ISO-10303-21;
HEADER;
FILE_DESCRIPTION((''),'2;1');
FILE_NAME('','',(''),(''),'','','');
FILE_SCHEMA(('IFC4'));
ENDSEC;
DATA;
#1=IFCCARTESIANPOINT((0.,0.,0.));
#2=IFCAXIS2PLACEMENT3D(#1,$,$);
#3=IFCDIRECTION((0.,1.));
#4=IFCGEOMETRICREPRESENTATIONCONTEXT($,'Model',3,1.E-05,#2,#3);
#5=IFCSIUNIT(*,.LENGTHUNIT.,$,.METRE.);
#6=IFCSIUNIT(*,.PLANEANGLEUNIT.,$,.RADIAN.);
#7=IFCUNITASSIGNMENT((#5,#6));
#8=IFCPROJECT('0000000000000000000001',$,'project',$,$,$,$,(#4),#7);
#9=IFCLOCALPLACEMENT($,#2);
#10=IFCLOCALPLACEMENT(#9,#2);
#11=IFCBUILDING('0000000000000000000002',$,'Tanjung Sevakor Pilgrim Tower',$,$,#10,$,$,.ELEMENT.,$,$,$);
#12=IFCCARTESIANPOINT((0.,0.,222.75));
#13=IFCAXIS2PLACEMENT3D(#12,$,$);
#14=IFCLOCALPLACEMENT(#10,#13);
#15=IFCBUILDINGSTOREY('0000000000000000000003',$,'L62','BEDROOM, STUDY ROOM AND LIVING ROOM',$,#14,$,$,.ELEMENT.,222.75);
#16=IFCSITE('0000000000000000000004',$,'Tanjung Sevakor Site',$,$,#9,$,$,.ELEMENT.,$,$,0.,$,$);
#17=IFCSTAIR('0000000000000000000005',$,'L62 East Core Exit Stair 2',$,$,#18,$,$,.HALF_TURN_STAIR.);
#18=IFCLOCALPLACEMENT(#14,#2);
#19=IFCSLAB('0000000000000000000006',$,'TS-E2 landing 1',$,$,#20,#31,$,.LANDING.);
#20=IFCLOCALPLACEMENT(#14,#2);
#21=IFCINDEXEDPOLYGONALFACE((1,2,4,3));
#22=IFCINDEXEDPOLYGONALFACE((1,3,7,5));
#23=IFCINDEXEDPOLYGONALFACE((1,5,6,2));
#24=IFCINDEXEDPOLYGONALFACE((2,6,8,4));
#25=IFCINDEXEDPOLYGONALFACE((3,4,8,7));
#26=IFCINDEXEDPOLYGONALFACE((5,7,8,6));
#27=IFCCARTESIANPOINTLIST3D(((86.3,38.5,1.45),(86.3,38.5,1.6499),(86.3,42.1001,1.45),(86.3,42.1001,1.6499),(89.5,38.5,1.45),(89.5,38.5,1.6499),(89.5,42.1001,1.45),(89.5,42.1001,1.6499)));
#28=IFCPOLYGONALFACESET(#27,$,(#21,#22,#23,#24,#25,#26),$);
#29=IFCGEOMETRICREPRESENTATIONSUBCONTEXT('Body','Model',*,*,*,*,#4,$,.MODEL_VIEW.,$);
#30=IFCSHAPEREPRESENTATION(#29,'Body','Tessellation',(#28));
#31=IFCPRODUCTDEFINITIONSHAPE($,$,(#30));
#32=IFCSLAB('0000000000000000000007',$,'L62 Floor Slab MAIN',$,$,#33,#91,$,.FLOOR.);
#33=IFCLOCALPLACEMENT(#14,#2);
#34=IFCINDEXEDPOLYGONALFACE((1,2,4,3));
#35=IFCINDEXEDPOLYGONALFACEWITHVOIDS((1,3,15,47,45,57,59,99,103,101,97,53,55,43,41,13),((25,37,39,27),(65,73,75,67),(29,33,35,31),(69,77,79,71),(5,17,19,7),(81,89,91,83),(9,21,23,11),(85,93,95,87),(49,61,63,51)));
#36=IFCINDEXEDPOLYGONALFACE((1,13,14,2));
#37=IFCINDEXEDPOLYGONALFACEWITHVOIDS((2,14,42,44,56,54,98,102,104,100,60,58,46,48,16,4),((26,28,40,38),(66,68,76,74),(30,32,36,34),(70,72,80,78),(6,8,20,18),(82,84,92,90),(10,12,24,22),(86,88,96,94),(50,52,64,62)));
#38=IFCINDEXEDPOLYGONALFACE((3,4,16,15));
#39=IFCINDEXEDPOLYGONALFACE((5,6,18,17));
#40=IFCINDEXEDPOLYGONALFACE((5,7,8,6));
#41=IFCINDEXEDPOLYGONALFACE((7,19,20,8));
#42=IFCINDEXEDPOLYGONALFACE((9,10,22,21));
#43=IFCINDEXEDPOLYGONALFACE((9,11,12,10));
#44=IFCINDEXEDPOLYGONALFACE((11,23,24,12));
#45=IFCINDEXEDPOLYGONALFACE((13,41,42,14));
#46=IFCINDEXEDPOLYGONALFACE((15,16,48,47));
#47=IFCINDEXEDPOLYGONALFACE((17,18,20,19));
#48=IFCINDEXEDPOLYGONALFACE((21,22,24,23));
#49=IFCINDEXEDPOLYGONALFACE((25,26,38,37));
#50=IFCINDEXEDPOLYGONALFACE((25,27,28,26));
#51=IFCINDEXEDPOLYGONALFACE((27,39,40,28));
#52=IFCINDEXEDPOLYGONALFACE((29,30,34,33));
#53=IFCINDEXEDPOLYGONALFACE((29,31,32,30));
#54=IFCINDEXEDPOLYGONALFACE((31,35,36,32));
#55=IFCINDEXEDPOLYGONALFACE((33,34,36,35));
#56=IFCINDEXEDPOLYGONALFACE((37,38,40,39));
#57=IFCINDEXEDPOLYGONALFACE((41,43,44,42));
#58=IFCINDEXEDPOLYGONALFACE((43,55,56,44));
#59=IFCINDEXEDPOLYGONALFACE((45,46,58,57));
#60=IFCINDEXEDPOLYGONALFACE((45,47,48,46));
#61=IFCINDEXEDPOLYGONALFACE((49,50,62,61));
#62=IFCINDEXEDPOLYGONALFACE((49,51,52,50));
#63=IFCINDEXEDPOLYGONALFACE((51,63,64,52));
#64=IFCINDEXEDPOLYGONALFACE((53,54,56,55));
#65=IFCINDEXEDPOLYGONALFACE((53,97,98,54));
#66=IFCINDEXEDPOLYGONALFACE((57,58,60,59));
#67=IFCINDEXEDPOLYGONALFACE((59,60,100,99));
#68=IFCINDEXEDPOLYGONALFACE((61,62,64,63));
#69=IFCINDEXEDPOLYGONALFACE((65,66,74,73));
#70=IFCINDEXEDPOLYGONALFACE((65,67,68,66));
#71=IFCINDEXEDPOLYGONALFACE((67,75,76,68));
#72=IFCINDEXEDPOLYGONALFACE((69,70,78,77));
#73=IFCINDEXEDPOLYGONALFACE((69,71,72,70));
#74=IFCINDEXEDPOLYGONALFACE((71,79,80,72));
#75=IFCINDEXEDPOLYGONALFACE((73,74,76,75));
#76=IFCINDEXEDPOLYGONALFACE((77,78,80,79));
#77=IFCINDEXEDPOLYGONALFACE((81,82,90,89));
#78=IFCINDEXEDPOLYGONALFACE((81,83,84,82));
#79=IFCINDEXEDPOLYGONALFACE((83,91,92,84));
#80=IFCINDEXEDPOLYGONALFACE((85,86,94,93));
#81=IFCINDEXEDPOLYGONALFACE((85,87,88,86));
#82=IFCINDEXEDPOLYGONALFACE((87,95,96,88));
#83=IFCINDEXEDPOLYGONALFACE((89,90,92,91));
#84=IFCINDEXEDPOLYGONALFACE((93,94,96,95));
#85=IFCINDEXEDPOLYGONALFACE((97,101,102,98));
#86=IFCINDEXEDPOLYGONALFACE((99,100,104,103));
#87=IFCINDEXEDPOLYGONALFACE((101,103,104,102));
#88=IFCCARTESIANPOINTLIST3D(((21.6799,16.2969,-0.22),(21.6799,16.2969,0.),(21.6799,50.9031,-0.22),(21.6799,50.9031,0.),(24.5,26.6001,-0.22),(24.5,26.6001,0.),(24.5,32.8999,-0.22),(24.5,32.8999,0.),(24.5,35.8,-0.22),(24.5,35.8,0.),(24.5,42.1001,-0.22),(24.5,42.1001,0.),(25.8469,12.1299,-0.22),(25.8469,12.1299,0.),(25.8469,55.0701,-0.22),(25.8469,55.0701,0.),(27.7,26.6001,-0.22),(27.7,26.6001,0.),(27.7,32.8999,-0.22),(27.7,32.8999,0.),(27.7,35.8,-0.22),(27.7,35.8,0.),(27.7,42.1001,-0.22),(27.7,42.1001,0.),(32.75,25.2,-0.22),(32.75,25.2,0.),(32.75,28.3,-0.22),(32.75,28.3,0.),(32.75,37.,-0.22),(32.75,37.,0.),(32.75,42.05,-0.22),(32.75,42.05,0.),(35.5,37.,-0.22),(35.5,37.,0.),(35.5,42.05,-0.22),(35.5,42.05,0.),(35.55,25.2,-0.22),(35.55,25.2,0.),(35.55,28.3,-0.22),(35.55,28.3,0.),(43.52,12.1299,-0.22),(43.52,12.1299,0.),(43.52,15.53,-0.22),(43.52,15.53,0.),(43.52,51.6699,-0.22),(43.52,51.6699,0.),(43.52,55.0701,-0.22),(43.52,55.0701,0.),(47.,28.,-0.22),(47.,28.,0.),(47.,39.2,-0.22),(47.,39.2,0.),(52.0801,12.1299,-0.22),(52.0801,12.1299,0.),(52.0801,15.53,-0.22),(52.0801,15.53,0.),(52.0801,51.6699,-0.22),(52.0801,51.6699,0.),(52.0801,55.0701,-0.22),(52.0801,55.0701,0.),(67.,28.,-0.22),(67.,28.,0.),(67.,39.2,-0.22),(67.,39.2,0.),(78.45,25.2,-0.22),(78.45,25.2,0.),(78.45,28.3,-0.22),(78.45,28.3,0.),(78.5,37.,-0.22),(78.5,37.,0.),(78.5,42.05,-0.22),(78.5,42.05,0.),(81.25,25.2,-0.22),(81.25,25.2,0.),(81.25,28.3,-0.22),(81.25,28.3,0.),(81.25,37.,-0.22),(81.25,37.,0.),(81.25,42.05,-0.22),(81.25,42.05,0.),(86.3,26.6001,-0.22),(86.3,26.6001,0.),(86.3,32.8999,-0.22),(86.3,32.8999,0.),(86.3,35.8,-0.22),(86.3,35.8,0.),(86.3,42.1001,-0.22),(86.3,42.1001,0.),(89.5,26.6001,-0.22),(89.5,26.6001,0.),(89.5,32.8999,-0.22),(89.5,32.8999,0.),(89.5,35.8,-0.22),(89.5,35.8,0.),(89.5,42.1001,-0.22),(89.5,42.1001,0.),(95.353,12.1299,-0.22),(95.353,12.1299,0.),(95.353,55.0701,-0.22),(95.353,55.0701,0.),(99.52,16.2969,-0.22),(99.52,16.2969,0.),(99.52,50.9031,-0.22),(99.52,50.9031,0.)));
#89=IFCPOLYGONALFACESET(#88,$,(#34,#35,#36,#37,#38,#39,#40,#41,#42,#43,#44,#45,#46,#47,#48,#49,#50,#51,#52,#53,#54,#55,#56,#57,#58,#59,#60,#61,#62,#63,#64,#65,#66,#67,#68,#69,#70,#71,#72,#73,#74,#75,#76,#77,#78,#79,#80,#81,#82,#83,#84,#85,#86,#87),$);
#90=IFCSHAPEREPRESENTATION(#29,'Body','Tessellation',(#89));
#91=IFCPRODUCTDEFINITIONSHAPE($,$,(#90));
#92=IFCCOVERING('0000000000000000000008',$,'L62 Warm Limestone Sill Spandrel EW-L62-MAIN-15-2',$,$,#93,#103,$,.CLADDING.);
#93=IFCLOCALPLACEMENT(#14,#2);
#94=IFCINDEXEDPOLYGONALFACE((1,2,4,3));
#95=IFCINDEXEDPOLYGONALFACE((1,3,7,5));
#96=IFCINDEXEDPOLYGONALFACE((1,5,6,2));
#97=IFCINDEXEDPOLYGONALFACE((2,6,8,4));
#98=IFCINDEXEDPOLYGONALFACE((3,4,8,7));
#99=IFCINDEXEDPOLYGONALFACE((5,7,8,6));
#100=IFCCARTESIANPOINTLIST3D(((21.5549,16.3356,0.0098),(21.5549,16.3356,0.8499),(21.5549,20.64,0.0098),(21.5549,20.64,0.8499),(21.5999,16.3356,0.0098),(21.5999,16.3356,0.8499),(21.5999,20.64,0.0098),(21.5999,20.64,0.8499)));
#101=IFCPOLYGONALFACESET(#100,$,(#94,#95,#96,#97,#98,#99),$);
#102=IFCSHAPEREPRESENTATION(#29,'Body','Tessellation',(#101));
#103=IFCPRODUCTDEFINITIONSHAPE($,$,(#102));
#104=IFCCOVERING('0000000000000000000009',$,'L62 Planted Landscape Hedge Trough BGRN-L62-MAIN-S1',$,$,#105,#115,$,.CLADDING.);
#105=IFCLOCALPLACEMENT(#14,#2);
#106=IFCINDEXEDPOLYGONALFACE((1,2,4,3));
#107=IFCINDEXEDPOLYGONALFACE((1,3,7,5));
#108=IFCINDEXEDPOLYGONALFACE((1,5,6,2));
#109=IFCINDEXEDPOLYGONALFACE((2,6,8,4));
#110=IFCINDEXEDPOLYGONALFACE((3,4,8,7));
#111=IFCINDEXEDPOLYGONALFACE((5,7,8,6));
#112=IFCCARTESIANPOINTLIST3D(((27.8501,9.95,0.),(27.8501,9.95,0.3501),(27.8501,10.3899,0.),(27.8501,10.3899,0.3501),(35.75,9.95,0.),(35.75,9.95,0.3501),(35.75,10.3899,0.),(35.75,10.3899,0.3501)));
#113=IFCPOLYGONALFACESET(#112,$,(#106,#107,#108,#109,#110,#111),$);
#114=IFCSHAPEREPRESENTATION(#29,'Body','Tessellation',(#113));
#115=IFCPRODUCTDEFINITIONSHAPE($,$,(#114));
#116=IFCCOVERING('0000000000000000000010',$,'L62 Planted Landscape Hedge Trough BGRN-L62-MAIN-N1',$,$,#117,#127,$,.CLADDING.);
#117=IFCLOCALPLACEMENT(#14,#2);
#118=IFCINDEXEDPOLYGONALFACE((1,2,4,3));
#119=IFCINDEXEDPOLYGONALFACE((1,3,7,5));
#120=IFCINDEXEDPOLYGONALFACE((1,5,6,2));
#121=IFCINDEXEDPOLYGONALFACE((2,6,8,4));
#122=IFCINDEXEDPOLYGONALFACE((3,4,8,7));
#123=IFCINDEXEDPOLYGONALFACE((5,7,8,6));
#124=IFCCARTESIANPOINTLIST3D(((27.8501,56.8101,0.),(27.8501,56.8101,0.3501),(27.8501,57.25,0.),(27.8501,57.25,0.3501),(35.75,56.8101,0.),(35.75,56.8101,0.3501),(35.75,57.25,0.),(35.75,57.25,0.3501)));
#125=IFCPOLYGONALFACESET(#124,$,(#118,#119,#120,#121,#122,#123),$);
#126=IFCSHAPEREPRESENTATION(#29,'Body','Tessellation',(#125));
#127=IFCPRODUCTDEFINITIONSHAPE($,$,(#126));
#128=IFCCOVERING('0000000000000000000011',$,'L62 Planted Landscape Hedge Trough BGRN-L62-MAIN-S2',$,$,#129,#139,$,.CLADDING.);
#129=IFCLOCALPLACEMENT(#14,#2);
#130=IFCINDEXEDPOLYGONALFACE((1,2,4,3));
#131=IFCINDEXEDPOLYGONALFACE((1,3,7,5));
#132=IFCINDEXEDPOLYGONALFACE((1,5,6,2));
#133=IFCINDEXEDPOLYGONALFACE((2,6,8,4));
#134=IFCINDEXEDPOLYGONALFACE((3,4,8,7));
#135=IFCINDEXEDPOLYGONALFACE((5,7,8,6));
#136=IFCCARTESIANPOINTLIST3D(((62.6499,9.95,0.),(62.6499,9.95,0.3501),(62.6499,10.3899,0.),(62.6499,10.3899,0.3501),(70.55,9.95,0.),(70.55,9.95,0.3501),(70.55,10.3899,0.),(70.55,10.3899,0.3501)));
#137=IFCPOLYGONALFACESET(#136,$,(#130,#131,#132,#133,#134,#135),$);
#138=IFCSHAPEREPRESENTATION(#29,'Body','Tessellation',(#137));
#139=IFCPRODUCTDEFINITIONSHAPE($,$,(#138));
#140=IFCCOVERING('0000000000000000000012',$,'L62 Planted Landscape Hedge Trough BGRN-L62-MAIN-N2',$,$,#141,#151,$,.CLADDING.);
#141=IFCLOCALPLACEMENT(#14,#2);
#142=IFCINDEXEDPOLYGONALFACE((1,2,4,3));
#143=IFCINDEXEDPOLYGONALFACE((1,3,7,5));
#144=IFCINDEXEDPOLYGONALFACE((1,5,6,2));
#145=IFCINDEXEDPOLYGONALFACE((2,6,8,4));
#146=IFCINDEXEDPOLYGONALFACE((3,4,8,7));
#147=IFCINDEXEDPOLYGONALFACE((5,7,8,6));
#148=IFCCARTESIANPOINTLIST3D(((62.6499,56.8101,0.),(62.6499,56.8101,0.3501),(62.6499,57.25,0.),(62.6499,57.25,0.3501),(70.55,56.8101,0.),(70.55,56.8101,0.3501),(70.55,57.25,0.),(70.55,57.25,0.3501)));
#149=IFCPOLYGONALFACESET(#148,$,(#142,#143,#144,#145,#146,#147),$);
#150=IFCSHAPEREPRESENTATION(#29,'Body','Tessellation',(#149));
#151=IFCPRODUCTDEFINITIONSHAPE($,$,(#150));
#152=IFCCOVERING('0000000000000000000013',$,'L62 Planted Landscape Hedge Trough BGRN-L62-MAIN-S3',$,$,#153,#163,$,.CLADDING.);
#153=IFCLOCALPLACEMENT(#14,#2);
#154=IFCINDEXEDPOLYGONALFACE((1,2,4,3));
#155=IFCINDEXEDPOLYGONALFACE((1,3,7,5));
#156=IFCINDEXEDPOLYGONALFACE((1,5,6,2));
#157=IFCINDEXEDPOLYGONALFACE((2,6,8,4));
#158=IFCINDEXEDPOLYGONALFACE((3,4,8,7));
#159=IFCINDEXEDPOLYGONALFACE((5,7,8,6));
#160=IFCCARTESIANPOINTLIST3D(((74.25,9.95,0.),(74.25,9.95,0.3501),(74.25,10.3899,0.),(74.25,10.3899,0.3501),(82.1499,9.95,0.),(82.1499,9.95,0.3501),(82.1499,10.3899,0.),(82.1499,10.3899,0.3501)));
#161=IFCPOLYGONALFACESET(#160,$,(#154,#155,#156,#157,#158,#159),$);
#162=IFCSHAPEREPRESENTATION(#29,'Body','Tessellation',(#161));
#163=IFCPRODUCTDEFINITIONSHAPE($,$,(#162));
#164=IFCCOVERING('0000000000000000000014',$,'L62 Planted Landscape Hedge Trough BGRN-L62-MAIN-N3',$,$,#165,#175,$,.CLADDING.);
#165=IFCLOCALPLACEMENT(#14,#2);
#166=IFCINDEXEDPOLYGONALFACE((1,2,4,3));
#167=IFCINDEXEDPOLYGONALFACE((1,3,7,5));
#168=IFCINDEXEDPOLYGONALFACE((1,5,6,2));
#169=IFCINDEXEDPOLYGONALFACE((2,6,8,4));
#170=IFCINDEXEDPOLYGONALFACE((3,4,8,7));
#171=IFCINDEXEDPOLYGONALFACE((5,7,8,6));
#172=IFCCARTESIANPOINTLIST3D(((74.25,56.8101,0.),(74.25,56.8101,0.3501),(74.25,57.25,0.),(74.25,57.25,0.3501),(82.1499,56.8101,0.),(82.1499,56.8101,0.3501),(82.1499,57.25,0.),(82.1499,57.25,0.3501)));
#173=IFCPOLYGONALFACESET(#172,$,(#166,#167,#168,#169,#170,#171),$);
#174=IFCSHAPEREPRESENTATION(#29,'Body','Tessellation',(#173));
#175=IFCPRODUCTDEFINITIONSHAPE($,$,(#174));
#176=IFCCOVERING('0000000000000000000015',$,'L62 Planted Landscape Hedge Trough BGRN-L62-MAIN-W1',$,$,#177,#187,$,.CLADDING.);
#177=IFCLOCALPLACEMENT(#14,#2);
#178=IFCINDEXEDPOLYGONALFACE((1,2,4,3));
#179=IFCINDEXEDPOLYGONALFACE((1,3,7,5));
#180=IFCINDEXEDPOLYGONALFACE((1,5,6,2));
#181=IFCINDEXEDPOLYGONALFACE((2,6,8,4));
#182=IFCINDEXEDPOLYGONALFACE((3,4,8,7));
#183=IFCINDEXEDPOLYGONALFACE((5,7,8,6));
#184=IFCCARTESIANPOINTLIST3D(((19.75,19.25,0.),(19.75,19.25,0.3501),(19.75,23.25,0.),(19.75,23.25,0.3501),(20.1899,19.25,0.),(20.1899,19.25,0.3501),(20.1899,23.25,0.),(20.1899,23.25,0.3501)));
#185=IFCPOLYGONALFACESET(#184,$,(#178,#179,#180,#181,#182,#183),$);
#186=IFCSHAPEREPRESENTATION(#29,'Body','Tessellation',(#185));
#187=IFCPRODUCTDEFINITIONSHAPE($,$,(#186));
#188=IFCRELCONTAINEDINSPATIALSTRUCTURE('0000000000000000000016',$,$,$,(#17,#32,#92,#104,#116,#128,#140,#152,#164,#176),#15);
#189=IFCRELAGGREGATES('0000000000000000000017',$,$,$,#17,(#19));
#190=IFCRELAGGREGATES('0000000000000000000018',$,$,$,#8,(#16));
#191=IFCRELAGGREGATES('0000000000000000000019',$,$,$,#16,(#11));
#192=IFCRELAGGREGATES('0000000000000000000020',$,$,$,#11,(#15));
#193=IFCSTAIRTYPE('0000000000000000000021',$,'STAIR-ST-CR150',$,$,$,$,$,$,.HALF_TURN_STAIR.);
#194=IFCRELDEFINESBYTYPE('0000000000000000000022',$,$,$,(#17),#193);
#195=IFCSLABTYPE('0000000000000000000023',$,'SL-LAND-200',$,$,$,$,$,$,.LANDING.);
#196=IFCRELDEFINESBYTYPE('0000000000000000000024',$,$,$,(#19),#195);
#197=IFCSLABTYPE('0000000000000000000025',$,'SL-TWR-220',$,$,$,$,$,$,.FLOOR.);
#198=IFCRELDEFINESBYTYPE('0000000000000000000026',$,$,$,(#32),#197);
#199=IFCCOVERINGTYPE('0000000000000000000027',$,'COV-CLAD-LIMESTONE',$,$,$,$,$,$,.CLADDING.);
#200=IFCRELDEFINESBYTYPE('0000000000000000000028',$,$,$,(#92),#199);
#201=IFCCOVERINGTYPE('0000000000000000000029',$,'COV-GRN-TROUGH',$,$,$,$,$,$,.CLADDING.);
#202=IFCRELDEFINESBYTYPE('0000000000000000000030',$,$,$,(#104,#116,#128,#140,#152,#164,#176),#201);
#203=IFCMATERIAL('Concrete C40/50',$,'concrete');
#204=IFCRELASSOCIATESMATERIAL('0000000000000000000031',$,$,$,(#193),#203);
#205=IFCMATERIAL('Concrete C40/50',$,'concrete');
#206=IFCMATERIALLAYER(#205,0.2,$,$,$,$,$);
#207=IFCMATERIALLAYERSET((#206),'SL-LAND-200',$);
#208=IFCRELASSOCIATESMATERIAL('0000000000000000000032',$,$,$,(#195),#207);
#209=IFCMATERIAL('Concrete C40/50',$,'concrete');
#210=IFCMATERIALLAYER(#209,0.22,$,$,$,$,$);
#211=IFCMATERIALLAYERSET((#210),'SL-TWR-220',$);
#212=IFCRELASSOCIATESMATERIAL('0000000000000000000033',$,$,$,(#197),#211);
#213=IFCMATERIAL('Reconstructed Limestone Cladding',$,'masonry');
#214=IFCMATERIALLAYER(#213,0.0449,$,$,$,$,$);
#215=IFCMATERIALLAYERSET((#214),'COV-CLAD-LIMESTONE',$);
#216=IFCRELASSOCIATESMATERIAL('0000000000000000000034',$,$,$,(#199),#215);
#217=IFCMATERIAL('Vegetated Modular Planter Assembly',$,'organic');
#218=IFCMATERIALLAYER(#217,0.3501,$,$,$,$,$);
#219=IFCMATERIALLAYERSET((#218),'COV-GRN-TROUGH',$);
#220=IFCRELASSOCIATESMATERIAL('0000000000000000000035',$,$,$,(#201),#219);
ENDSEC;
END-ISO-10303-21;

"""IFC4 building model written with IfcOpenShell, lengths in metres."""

from ifc_helpers import new_model, si_unit, direction, frame, origin, origin_2d, place, context, subcontext, project, spatial, polyline, rectangle, outline, extrude, material, layer, layer_set, type_object, element, aggregate, save


model = new_model("IFC4")

# Units and contexts
model_context = context("Model", 3, precision=1e-05, world=origin(), true_north=direction((0.0, 1.0)))
body_context = subcontext(model_context, "Body", "Model", "MODEL_VIEW")
ifc_project = project(units=[si_unit("LENGTHUNIT", "METRE"), si_unit("PLANEANGLEUNIT", "RADIAN")], contexts=[model_context])

# Site, building, storey
site_placement = place(None, origin())
site = spatial("IfcSite", under=ifc_project, at=site_placement, Name="Tanjung Sevakor Site", CompositionType="ELEMENT", RefElevation=0.0)
building_placement = place(site_placement, origin())
building = spatial("IfcBuilding", under=site, at=building_placement, Name="Tanjung Sevakor Pilgrim Tower", CompositionType="ELEMENT")
storey_placement = place(building_placement, frame((0.0, 0.0, 222.75)))
storey = spatial("IfcBuildingStorey", under=building, at=storey_placement, Name="L62", Description="BEDROOM, STUDY ROOM AND LIVING ROOM", CompositionType="ELEMENT", Elevation=222.75)

# Stair, slab
ifc_material_1 = material(Name="Concrete C40/50", Category="concrete")
stair_type = type_object("IfcStairType", Name="STAIR-ST-CR150", PredefinedType="HALF_TURN_STAIR", material=ifc_material_1)
ifc_material_2 = material(Name="Concrete C40/50", Category="concrete")
ifc_layer_1 = layer(ifc_material_2, 0.2)
ifc_layer_set_1 = layer_set([ifc_layer_1], Name="SL-LAND-200")
slab_type_1 = type_object("IfcSlabType", Name="SL-LAND-200", PredefinedType="LANDING", material=ifc_layer_set_1)
stair_1_placement = place(storey_placement, origin())
stair_1 = element("IfcStair", 1, at=stair_1_placement, inside=storey, type_object=stair_type, Name="L62 East Core Exit Stair 2", PredefinedType="HALF_TURN_STAIR")
slab_1_placement = place(storey_placement, frame((0.0, 0.0, 1.45)))
slab_1 = element("IfcSlab", 2, at=slab_1_placement, type_object=slab_type_1, Name="TS-E2 landing 1", PredefinedType="LANDING", context=body_context, shape_type="SweptSolid", body=[
    extrude(outline(polyline([(89.5, 38.5), (89.5, 42.1001), (86.3, 42.1001), (86.3, 38.5), (89.5, 38.5)])), origin(), (0.0, 0.0, 1.0), 0.2),
])
aggregate(stair_1, [slab_1])

# Slab
ifc_material_3 = material(Name="Concrete C40/50", Category="concrete")
ifc_layer_2 = layer(ifc_material_3, 0.22)
ifc_layer_set_2 = layer_set([ifc_layer_2], Name="SL-TWR-220")
slab_type_2 = type_object("IfcSlabType", Name="SL-TWR-220", PredefinedType="FLOOR", material=ifc_layer_set_2)
slab_2_placement = place(storey_placement, frame((0.0, 0.0, -0.22)))
element("IfcSlab", 3, at=slab_2_placement, inside=storey, type_object=slab_type_2, Name="L62 Floor Slab MAIN", PredefinedType="FLOOR", context=body_context, shape_type="SweptSolid", body=[
    extrude(outline(polyline([(25.8469, 12.1299), (43.52, 12.1299), (43.52, 15.53), (52.0801, 15.53), (52.0801, 12.1299), (95.353, 12.1299), (99.52, 16.2969), (99.52, 50.9031), (95.353, 55.0701), (52.0801, 55.0701), (52.0801, 51.6699), (43.52, 51.6699), (43.52, 55.0701), (25.8469, 55.0701), (21.6799, 50.9031), (21.6799, 16.2969), (25.8469, 12.1299)]), holes=[polyline([(27.7, 26.6001), (27.7, 32.8999), (24.5, 32.8999), (24.5, 26.6001), (27.7, 26.6001)]), polyline([(27.7, 35.8), (27.7, 42.1001), (24.5, 42.1001), (24.5, 35.8), (27.7, 35.8)]), polyline([(89.5, 26.6001), (89.5, 32.8999), (86.3, 32.8999), (86.3, 26.6001), (89.5, 26.6001)]), polyline([(89.5, 35.8), (89.5, 42.1001), (86.3, 42.1001), (86.3, 35.8), (89.5, 35.8)]), polyline([(32.75, 25.2), (35.55, 25.2), (35.55, 28.3), (32.75, 28.3), (32.75, 25.2)]), polyline([(32.75, 37.0), (35.5, 37.0), (35.5, 42.05), (32.75, 42.05), (32.75, 37.0)]), polyline([(78.45, 25.2), (81.25, 25.2), (81.25, 28.3), (78.45, 28.3), (78.45, 25.2)]), polyline([(78.5, 37.0), (81.25, 37.0), (81.25, 42.05), (78.5, 42.05), (78.5, 37.0)]), polyline([(47.0, 28.0), (67.0, 28.0), (67.0, 39.2), (47.0, 39.2), (47.0, 28.0)])]), origin(), (0.0, 0.0, 1.0), 0.22),
])

# Coverings
ifc_material_4 = material(Name="Reconstructed Limestone Cladding", Category="masonry")
ifc_layer_3 = layer(ifc_material_4, 0.0449)
ifc_layer_set_3 = layer_set([ifc_layer_3], Name="COV-CLAD-LIMESTONE")
covering_type_1 = type_object("IfcCoveringType", Name="COV-CLAD-LIMESTONE", PredefinedType="CLADDING", material=ifc_layer_set_3)
covering_1_placement = place(storey_placement, frame((21.5774, 18.4878, 0.0098), z_axis=(0.0, 0.0, 1.0), x_axis=(0.0, -1.0, 0.0)))
element("IfcCovering", 4, at=covering_1_placement, inside=storey, type_object=covering_type_1, Name="L62 Warm Limestone Sill Spandrel EW-L62-MAIN-15-2", PredefinedType="CLADDING", context=body_context, shape_type="SweptSolid", body=[
    extrude(rectangle(XDim=4.3044, YDim=0.0449, at=origin_2d()), origin(), (0.0, 0.0, 1.0), 0.8401),
])
ifc_material_5 = material(Name="Vegetated Modular Planter Assembly", Category="organic")
ifc_layer_4 = layer(ifc_material_5, 0.3501)
ifc_layer_set_4 = layer_set([ifc_layer_4], Name="COV-GRN-TROUGH")
covering_type_2 = type_object("IfcCoveringType", Name="COV-GRN-TROUGH", PredefinedType="CLADDING", material=ifc_layer_set_4)
covering_2_placement = place(storey_placement, origin())
element("IfcCovering", 5, at=covering_2_placement, inside=storey, type_object=covering_type_2, Name="L62 Planted Landscape Hedge Trough BGRN-L62-MAIN-S1", PredefinedType="CLADDING", context=body_context, shape_type="SweptSolid", body=[
    extrude(outline(polyline([(27.8501, 9.95), (35.75, 9.95), (35.75, 10.3899), (27.8501, 10.3899), (27.8501, 9.95)])), origin(), (0.0, 0.0, 1.0), 0.3501),
])
covering_3_placement = place(storey_placement, origin())
element("IfcCovering", 6, at=covering_3_placement, inside=storey, type_object=covering_type_2, Name="L62 Planted Landscape Hedge Trough BGRN-L62-MAIN-N1", PredefinedType="CLADDING", context=body_context, shape_type="SweptSolid", body=[
    extrude(outline(polyline([(27.8501, 56.8101), (35.75, 56.8101), (35.75, 57.25), (27.8501, 57.25), (27.8501, 56.8101)])), origin(), (0.0, 0.0, 1.0), 0.3501),
])
covering_4_placement = place(storey_placement, origin())
element("IfcCovering", 7, at=covering_4_placement, inside=storey, type_object=covering_type_2, Name="L62 Planted Landscape Hedge Trough BGRN-L62-MAIN-S2", PredefinedType="CLADDING", context=body_context, shape_type="SweptSolid", body=[
    extrude(outline(polyline([(62.6499, 9.95), (70.55, 9.95), (70.55, 10.3899), (62.6499, 10.3899), (62.6499, 9.95)])), origin(), (0.0, 0.0, 1.0), 0.3501),
])
covering_5_placement = place(storey_placement, origin())
element("IfcCovering", 8, at=covering_5_placement, inside=storey, type_object=covering_type_2, Name="L62 Planted Landscape Hedge Trough BGRN-L62-MAIN-N2", PredefinedType="CLADDING", context=body_context, shape_type="SweptSolid", body=[
    extrude(outline(polyline([(62.6499, 56.8101), (70.55, 56.8101), (70.55, 57.25), (62.6499, 57.25), (62.6499, 56.8101)])), origin(), (0.0, 0.0, 1.0), 0.3501),
])
covering_6_placement = place(storey_placement, origin())
element("IfcCovering", 9, at=covering_6_placement, inside=storey, type_object=covering_type_2, Name="L62 Planted Landscape Hedge Trough BGRN-L62-MAIN-S3", PredefinedType="CLADDING", context=body_context, shape_type="SweptSolid", body=[
    extrude(outline(polyline([(74.25, 9.95), (82.1499, 9.95), (82.1499, 10.3899), (74.25, 10.3899), (74.25, 9.95)])), origin(), (0.0, 0.0, 1.0), 0.3501),
])
covering_7_placement = place(storey_placement, origin())
element("IfcCovering", 10, at=covering_7_placement, inside=storey, type_object=covering_type_2, Name="L62 Planted Landscape Hedge Trough BGRN-L62-MAIN-N3", PredefinedType="CLADDING", context=body_context, shape_type="SweptSolid", body=[
    extrude(outline(polyline([(74.25, 56.8101), (82.1499, 56.8101), (82.1499, 57.25), (74.25, 57.25), (74.25, 56.8101)])), origin(), (0.0, 0.0, 1.0), 0.3501),
])
covering_8_placement = place(storey_placement, origin())
element("IfcCovering", 11, at=covering_8_placement, inside=storey, type_object=covering_type_2, Name="L62 Planted Landscape Hedge Trough BGRN-L62-MAIN-W1", PredefinedType="CLADDING", context=body_context, shape_type="SweptSolid", body=[
    extrude(outline(polyline([(20.1899, 19.25), (20.1899, 23.25), (19.75, 23.25), (19.75, 19.25), (20.1899, 19.25)])), origin(), (0.0, 0.0, 1.0), 0.3501),
])

save(model, "model.ifc")
